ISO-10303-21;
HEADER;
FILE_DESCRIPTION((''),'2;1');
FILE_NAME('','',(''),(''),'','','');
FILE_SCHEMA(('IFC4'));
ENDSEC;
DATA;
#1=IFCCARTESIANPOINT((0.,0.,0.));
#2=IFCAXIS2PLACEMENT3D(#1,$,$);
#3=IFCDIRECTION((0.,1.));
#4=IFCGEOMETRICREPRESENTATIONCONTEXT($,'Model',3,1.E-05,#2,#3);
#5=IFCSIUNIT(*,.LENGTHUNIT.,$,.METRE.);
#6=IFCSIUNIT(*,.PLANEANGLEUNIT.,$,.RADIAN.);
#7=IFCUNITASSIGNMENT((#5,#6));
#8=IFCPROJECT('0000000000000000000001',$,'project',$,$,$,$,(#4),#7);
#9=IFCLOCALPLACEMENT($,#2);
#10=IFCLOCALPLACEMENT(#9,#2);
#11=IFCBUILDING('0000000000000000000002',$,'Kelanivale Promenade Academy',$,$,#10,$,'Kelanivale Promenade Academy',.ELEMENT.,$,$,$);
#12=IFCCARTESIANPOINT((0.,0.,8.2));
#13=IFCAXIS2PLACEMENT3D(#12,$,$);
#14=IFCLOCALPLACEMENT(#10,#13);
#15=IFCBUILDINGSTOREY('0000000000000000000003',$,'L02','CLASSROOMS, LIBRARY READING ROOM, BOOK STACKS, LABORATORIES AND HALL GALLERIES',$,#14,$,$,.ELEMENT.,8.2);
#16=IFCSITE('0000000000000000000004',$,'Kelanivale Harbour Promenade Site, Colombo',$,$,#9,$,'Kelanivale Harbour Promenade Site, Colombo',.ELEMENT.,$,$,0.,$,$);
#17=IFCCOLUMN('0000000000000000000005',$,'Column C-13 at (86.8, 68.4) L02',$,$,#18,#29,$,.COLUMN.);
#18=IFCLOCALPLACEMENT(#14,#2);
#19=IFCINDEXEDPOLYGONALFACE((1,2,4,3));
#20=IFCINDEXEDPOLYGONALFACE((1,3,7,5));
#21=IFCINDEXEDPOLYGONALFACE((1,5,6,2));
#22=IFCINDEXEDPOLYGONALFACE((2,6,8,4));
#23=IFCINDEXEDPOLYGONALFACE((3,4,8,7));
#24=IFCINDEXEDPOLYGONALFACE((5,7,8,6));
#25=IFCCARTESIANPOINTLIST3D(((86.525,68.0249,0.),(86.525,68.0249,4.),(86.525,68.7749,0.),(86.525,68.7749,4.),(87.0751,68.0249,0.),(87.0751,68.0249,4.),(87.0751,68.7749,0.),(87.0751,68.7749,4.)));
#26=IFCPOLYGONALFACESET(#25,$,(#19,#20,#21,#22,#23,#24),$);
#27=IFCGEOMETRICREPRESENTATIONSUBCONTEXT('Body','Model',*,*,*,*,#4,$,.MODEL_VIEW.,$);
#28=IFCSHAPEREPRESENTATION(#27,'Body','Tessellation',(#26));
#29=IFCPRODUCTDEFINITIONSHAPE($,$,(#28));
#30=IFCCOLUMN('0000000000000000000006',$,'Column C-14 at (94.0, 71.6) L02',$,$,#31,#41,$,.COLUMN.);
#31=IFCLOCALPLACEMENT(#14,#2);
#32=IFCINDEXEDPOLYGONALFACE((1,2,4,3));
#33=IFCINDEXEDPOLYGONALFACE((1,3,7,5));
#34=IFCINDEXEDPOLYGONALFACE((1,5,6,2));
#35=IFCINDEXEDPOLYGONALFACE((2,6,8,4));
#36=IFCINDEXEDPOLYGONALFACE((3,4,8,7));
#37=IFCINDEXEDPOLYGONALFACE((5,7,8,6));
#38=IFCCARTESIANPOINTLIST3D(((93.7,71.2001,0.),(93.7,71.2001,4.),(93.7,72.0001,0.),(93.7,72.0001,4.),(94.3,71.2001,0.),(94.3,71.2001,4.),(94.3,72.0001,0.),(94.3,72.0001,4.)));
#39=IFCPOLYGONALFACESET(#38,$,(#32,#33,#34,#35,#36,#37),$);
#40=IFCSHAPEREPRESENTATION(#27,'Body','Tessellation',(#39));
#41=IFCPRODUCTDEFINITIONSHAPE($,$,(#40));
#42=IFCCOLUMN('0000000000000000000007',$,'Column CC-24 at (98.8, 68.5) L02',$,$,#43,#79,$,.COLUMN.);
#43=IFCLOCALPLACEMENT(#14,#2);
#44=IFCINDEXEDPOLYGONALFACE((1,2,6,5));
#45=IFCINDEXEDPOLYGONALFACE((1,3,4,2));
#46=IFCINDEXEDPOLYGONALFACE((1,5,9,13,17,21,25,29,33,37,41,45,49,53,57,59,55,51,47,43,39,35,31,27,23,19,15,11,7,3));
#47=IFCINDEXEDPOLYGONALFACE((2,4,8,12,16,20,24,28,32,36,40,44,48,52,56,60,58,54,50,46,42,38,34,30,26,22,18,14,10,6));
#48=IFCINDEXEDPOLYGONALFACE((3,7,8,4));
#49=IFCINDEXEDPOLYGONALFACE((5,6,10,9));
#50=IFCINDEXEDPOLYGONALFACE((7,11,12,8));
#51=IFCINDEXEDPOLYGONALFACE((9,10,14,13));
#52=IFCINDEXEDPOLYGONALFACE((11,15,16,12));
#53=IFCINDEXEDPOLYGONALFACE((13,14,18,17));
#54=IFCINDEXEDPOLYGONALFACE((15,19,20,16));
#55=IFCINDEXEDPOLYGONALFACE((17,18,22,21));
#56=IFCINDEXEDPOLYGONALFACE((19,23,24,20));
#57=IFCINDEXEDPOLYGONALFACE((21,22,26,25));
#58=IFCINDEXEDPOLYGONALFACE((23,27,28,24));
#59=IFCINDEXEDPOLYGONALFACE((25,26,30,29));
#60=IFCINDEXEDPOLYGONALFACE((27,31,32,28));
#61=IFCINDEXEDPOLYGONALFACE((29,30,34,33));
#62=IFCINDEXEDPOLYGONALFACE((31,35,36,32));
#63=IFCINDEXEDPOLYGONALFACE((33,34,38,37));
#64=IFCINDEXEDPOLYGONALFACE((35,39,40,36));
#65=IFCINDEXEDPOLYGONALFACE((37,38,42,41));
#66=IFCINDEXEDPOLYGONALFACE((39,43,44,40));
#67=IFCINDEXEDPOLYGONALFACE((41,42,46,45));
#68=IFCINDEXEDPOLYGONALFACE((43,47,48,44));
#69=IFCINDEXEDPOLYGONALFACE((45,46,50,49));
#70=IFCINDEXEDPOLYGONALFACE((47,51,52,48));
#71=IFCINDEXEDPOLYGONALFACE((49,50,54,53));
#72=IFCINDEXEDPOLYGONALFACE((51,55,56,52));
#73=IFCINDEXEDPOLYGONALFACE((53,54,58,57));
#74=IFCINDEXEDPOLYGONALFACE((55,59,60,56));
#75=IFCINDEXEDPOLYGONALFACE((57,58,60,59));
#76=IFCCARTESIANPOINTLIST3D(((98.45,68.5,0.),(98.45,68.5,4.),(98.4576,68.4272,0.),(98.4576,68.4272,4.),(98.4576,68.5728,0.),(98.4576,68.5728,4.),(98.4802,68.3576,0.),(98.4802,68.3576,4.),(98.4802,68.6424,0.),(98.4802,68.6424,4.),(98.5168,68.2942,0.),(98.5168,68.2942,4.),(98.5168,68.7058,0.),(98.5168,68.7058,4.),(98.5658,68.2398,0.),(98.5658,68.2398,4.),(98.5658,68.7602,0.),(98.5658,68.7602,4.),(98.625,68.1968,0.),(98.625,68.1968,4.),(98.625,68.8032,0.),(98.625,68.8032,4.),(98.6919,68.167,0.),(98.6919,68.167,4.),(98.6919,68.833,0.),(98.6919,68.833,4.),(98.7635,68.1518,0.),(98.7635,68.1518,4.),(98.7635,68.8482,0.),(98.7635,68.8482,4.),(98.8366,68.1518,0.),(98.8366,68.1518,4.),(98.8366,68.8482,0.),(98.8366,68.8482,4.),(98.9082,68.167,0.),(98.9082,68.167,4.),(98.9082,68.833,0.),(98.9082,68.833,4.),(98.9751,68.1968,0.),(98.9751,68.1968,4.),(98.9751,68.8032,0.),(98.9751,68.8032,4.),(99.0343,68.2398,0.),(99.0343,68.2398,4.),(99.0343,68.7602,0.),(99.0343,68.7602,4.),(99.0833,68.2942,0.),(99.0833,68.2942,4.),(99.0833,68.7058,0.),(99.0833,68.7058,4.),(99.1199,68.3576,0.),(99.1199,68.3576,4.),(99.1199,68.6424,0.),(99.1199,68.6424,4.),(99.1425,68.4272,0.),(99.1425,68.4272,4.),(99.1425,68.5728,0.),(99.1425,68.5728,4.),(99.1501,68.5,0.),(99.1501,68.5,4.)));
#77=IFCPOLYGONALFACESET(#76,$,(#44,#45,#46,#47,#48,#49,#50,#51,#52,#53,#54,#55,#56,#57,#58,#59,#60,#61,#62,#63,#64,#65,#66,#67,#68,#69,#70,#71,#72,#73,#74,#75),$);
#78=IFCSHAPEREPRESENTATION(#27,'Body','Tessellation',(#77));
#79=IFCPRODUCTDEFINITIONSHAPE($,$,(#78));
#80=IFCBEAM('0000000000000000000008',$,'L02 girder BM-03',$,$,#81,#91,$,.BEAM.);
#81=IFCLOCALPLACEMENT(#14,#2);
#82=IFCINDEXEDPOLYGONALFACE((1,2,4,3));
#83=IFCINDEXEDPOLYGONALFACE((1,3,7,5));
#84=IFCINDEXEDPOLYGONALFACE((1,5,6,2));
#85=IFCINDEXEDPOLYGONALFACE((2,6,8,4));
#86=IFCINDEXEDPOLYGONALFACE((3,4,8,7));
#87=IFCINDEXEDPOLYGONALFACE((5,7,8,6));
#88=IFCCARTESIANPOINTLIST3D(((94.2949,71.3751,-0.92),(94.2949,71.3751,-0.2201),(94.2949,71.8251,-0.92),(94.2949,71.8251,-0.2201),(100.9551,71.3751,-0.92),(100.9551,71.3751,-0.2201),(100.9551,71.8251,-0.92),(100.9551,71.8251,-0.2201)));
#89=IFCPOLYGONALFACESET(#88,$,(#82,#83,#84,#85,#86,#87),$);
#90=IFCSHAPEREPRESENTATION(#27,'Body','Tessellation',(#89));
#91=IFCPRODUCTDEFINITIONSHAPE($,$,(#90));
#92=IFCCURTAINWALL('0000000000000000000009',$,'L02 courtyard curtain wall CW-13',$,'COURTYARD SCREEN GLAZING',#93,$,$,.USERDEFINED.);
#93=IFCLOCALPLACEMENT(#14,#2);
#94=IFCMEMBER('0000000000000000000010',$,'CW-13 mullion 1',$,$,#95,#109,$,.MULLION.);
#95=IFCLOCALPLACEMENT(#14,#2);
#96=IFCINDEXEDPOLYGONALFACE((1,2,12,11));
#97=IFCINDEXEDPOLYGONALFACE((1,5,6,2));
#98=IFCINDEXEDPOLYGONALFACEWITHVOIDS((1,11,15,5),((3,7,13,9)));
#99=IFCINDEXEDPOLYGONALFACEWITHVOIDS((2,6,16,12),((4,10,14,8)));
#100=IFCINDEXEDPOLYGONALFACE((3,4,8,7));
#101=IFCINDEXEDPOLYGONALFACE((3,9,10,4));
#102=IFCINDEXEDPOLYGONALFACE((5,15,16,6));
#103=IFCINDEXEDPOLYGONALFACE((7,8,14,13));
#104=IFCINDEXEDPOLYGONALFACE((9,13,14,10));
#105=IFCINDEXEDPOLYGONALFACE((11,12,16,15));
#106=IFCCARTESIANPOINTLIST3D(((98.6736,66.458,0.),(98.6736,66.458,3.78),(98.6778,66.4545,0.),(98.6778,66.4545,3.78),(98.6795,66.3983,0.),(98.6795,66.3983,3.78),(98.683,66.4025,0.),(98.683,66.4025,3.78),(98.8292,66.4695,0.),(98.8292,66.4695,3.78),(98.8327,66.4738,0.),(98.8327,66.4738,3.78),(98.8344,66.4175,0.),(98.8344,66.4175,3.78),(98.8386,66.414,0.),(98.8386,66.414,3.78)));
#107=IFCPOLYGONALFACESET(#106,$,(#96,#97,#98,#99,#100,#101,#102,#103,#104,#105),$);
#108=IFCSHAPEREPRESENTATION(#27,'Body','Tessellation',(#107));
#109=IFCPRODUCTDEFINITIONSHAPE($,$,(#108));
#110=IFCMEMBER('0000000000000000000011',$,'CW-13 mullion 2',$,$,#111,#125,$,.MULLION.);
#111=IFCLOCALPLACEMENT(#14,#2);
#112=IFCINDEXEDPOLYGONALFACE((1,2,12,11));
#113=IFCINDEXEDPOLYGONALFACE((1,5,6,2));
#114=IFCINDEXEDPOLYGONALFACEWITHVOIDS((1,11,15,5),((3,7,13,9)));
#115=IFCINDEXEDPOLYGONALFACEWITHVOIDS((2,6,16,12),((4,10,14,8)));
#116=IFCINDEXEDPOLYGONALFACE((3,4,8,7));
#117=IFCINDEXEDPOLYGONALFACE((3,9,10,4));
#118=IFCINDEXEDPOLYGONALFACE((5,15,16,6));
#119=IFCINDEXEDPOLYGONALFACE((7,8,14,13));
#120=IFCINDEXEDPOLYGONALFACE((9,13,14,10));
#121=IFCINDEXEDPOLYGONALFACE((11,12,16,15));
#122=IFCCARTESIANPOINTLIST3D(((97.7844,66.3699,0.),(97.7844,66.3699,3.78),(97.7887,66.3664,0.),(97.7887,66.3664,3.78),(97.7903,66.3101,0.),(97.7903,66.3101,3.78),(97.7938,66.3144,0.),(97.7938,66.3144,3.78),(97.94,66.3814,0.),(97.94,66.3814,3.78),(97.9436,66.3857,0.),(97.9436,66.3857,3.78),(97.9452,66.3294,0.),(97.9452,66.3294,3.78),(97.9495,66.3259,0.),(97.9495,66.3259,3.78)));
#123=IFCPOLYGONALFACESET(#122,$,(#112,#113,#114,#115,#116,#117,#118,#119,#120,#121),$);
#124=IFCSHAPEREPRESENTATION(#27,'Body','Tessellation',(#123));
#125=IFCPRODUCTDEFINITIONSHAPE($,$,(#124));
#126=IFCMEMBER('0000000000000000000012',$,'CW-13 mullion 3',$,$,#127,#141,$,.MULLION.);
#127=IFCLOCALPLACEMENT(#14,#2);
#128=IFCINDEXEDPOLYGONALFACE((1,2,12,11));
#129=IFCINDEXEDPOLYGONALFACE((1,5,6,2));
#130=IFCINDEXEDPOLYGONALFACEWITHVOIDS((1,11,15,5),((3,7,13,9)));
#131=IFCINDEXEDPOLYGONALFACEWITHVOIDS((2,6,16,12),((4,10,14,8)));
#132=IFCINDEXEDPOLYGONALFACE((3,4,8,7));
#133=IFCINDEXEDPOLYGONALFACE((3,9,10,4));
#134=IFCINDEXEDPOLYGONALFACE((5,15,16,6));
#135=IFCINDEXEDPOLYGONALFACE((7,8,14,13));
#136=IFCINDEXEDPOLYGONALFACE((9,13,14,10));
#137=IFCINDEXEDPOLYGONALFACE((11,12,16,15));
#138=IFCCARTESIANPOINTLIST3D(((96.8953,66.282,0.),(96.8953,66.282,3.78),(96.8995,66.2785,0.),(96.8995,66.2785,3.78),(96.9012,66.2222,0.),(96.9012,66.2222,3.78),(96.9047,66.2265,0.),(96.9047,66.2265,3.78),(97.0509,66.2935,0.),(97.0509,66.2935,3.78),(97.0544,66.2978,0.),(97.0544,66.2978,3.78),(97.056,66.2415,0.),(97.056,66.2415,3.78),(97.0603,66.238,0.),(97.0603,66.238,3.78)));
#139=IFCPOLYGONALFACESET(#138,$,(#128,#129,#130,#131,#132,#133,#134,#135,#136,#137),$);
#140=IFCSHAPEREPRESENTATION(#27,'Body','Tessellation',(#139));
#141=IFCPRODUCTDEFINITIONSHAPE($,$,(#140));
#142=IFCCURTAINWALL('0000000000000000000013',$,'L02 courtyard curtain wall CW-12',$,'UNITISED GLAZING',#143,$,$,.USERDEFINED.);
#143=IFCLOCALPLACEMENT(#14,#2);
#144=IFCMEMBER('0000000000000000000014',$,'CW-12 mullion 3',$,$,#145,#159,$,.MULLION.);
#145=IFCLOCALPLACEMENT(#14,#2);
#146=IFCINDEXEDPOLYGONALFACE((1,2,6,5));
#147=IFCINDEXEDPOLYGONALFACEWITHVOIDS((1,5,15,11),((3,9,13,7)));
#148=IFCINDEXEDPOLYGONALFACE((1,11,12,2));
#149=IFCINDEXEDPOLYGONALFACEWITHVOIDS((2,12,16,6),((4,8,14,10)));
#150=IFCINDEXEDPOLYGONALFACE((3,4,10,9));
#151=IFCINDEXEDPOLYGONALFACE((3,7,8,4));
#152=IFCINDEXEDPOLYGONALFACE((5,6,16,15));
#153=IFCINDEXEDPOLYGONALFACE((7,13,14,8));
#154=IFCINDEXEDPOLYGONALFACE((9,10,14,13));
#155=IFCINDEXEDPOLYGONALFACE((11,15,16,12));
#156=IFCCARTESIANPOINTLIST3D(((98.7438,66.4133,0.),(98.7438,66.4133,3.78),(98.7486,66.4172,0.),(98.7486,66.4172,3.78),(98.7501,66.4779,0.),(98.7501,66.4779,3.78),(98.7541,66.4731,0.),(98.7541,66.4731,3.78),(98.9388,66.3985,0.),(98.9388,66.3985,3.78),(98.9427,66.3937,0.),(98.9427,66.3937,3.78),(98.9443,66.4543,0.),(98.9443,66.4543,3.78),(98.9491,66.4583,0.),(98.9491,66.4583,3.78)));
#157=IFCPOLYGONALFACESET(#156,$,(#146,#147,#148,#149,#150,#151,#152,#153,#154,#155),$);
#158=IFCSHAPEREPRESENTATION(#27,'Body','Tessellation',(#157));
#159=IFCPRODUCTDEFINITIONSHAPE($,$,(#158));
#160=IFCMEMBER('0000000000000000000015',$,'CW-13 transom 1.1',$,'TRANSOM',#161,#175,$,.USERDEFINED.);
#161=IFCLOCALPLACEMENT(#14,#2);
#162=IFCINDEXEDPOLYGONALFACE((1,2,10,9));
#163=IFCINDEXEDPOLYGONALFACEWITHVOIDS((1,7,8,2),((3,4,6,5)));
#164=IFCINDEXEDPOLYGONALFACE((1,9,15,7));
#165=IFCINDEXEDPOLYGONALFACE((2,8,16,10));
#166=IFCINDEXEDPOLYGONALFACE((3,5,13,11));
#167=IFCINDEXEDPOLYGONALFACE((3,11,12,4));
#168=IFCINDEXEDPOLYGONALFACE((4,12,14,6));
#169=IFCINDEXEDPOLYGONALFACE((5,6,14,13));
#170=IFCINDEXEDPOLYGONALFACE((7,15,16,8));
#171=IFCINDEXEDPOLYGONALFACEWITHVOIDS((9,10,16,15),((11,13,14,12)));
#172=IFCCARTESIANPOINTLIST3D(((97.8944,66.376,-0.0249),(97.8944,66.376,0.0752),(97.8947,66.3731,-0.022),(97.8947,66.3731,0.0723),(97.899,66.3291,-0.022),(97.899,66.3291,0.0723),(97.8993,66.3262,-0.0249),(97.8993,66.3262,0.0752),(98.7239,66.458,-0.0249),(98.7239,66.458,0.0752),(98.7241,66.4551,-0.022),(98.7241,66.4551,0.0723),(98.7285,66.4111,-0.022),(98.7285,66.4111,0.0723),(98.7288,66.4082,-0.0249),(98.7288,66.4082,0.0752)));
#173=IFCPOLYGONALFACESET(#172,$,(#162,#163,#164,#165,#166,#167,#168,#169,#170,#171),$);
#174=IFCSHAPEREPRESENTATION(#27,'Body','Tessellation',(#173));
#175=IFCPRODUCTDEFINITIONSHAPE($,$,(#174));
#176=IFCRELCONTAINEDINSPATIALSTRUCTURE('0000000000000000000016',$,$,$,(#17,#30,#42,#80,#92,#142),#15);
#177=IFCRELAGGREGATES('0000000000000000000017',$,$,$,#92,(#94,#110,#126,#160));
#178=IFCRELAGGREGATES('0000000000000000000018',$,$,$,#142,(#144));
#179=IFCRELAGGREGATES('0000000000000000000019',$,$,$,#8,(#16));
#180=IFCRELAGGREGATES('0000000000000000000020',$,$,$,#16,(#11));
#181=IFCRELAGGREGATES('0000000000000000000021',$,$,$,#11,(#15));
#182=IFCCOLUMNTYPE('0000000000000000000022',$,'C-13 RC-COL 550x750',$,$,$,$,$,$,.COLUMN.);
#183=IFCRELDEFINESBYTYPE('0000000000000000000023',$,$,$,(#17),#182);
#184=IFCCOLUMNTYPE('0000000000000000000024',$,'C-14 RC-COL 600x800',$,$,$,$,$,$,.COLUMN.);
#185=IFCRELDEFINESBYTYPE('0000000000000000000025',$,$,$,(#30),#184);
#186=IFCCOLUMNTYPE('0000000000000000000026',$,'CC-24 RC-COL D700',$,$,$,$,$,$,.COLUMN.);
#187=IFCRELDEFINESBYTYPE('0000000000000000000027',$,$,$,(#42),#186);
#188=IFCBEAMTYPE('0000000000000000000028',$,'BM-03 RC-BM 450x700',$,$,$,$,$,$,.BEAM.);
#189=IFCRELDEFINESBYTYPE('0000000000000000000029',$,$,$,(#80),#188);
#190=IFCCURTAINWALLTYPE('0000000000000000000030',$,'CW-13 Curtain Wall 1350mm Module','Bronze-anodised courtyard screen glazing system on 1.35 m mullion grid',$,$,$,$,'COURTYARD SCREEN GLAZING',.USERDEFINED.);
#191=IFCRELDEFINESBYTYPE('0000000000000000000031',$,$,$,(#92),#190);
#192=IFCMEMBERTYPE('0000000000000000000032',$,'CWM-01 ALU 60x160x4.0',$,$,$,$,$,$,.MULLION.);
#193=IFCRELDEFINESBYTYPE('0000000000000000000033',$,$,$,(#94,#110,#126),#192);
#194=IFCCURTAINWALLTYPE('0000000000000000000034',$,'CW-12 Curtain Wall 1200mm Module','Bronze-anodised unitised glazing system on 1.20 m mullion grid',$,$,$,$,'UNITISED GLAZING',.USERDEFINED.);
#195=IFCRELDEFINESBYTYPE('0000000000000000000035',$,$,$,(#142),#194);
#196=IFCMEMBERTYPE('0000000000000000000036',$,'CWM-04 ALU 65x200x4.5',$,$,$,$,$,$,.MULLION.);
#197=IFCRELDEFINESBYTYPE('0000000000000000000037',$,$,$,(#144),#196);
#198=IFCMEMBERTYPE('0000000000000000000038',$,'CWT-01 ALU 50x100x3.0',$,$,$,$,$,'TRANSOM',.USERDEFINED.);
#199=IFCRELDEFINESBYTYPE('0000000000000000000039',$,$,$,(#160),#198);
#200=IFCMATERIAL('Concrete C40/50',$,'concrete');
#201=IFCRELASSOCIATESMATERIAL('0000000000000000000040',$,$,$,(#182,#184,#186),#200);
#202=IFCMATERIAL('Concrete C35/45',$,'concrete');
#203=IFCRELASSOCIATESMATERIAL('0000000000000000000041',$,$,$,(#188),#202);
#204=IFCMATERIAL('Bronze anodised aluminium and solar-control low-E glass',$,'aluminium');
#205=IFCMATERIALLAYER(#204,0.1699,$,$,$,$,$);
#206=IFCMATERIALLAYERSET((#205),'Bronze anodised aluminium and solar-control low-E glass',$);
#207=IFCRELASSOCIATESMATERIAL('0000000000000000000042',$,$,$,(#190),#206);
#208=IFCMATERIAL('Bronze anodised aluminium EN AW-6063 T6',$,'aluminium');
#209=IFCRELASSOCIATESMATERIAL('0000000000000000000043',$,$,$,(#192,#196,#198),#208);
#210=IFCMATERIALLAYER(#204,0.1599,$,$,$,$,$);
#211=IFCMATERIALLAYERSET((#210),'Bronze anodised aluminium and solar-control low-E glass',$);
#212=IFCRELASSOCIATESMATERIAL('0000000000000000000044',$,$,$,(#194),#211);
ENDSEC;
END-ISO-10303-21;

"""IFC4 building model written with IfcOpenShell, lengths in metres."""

from ifc_helpers import new_model, si_unit, direction, frame, origin, origin_2d, place, context, subcontext, project, spatial, rectangle, hollow_rectangle, circle, extrude, material, layer, layer_set, material_profile, profile_set, type_object, element, aggregate, save


model = new_model("IFC4")

# Units and contexts
model_context = context("Model", 3, precision=1e-05, world=origin(), true_north=direction((0.0, 1.0)))
body_context = subcontext(model_context, "Body", "Model", "MODEL_VIEW")
ifc_project = project(units=[si_unit("LENGTHUNIT", "METRE"), si_unit("PLANEANGLEUNIT", "RADIAN")], contexts=[model_context])

# Site, building, storey
site_placement = place(None, origin())
site = spatial("IfcSite", under=ifc_project, at=site_placement, Name="Kelanivale Harbour Promenade Site, Colombo", LongName="Kelanivale Harbour Promenade Site, Colombo", CompositionType="ELEMENT", RefElevation=0.0)
building_placement = place(site_placement, origin())
building = spatial("IfcBuilding", under=site, at=building_placement, Name="Kelanivale Promenade Academy", LongName="Kelanivale Promenade Academy", CompositionType="ELEMENT")
storey_placement = place(building_placement, frame((0.0, 0.0, 8.2)))
storey = spatial("IfcBuildingStorey", under=building, at=storey_placement, Name="L02", Description="CLASSROOMS, LIBRARY READING ROOM, BOOK STACKS, LABORATORIES AND HALL GALLERIES", CompositionType="ELEMENT", Elevation=8.2)

# Columns
ifc_material_1 = material(Name="Concrete C40/50", Category="concrete")
ifc_material_profile_1 = material_profile(ifc_material_1, rectangle(XDim=0.55, YDim=0.75, at=origin_2d()), Name="RC-COL 550x750")
ifc_profile_set_1 = profile_set([ifc_material_profile_1], Name="Concrete C40/50")
column_type_1 = type_object("IfcColumnType", Name="C-13 RC-COL 550x750", PredefinedType="COLUMN", material=ifc_profile_set_1)
column_1_placement = place(storey_placement, frame((86.8, 68.3999, 0.0), z_axis=(0.0, 0.0, 1.0), x_axis=(1.0, 0.0, 0.0)))
element("IfcColumn", 1, at=column_1_placement, inside=storey, type_object=column_type_1, Name="Column C-13 at (86.8, 68.4) L02", PredefinedType="COLUMN", context=body_context, shape_type="SweptSolid", body=[
    extrude(rectangle(XDim=0.55, YDim=0.75, at=origin_2d()), origin(), (0.0, 0.0, 1.0), 4.0),
])
ifc_material_profile_2 = material_profile(ifc_material_1, rectangle(XDim=0.6001, YDim=0.8, at=origin_2d()), Name="RC-COL 600x800")
ifc_profile_set_2 = profile_set([ifc_material_profile_2], Name="Concrete C40/50")
column_type_2 = type_object("IfcColumnType", Name="C-14 RC-COL 600x800", PredefinedType="COLUMN", material=ifc_profile_set_2)
column_2_placement = place(storey_placement, frame((94.0, 71.6001, 0.0), z_axis=(0.0, 0.0, 1.0), x_axis=(1.0, 0.0, 0.0)))
element("IfcColumn", 2, at=column_2_placement, inside=storey, type_object=column_type_2, Name="Column C-14 at (94.0, 71.6) L02", PredefinedType="COLUMN", context=body_context, shape_type="SweptSolid", body=[
    extrude(rectangle(XDim=0.6001, YDim=0.8, at=origin_2d()), origin(), (0.0, 0.0, 1.0), 4.0),
])
ifc_material_profile_3 = material_profile(ifc_material_1, circle(Radius=0.3501, at=origin_2d()), Name="RC-COL D700")
ifc_profile_set_3 = profile_set([ifc_material_profile_3], Name="Concrete C40/50")
column_type_3 = type_object("IfcColumnType", Name="CC-24 RC-COL D700", PredefinedType="COLUMN", material=ifc_profile_set_3)
column_3_placement = place(storey_placement, frame((98.8, 68.5, 0.0), z_axis=(0.0, 0.0, 1.0), x_axis=(1.0, 0.0, 0.0)))
element("IfcColumn", 3, at=column_3_placement, inside=storey, type_object=column_type_3, Name="Column CC-24 at (98.8, 68.5) L02", PredefinedType="COLUMN", context=body_context, shape_type="SweptSolid", body=[
    extrude(circle(Radius=0.3501, at=origin_2d()), origin(), (0.0, 0.0, 1.0), 4.0),
])

# Beam
ifc_material_2 = material(Name="Concrete C35/45", Category="concrete")
ifc_material_profile_4 = material_profile(ifc_material_2, rectangle(XDim=0.45, YDim=0.7, at=origin_2d()), Name="RC-BM 450x700")
ifc_profile_set_4 = profile_set([ifc_material_profile_4], Name="Concrete C35/45")
beam_type = type_object("IfcBeamType", Name="BM-03 RC-BM 450x700", PredefinedType="BEAM", material=ifc_profile_set_4)
beam_placement = place(storey_placement, frame((94.2949, 71.6001, -0.5701), z_axis=(1.0, 0.0, 0.0), x_axis=(0.0, 1.0, 0.0)))
element("IfcBeam", 4, at=beam_placement, inside=storey, type_object=beam_type, Name="L02 girder BM-03", PredefinedType="BEAM", context=body_context, shape_type="SweptSolid", body=[
    extrude(rectangle(XDim=0.45, YDim=0.7, at=origin_2d()), origin(), (0.0, 0.0, 1.0), 6.6602),
])

# Curtain wall, members
ifc_material_3 = material(Name="Bronze anodised aluminium and solar-control low-E glass", Category="aluminium")
ifc_layer_1 = layer(ifc_material_3, 0.1699)
ifc_layer_set_1 = layer_set([ifc_layer_1], Name="Bronze anodised aluminium and solar-control low-E glass")
curtain_wall_type_1 = type_object("IfcCurtainWallType", Name="CW-13 Curtain Wall 1350mm Module", Description="Bronze-anodised courtyard screen glazing system on 1.35 m mullion grid", ElementType="COURTYARD SCREEN GLAZING", PredefinedType="USERDEFINED", material=ifc_layer_set_1)
curtain_wall_1_placement = place(storey_placement, origin())
curtain_wall_1 = element("IfcCurtainWall", 5, at=curtain_wall_1_placement, inside=storey, type_object=curtain_wall_type_1, Name="L02 courtyard curtain wall CW-13", ObjectType="COURTYARD SCREEN GLAZING", PredefinedType="USERDEFINED")
ifc_material_4 = material(Name="Bronze anodised aluminium EN AW-6063 T6", Category="aluminium")
ifc_material_profile_5 = material_profile(ifc_material_4, hollow_rectangle(XDim=0.0601, YDim=0.1599, WallThickness=0.0039, at=origin_2d()), Name="ALU 60x160x4.0")
ifc_profile_set_5 = profile_set([ifc_material_profile_5], Name="Bronze anodised aluminium EN AW-6063 T6")
member_type_1 = type_object("IfcMemberType", Name="CWM-01 ALU 60x160x4.0", PredefinedType="MULLION", material=ifc_profile_set_5)
member_1_placement = place(storey_placement, frame((98.7561, 66.436, 0.0), z_axis=(0.0, 0.0, 1.0), x_axis=(0.098539, -0.995133, 0.0)))
member_1 = element("IfcMember", 6, at=member_1_placement, type_object=member_type_1, Name="CW-13 mullion 1", PredefinedType="MULLION", context=body_context, shape_type="SweptSolid", body=[
    extrude(hollow_rectangle(XDim=0.0601, YDim=0.1599, WallThickness=0.0039, at=origin_2d()), origin(), (0.0, 0.0, 1.0), 3.78),
])
member_2_placement = place(storey_placement, frame((97.8669, 66.3479, 0.0), z_axis=(0.0, 0.0, 1.0), x_axis=(0.098539, -0.995133, 0.0)))
member_2 = element("IfcMember", 7, at=member_2_placement, type_object=member_type_1, Name="CW-13 mullion 2", PredefinedType="MULLION", context=body_context, shape_type="SweptSolid", body=[
    extrude(hollow_rectangle(XDim=0.0601, YDim=0.1599, WallThickness=0.0039, at=origin_2d()), origin(), (0.0, 0.0, 1.0), 3.78),
])
member_3_placement = place(storey_placement, frame((96.9778, 66.26, 0.0), z_axis=(0.0, 0.0, 1.0), x_axis=(0.098539, -0.995133, 0.0)))
member_3 = element("IfcMember", 8, at=member_3_placement, type_object=member_type_1, Name="CW-13 mullion 3", PredefinedType="MULLION", context=body_context, shape_type="SweptSolid", body=[
    extrude(hollow_rectangle(XDim=0.0601, YDim=0.1599, WallThickness=0.0039, at=origin_2d()), origin(), (0.0, 0.0, 1.0), 3.78),
])

# Curtain wall, member
ifc_layer_2 = layer(ifc_material_3, 0.1599)
ifc_layer_set_2 = layer_set([ifc_layer_2], Name="Bronze anodised aluminium and solar-control low-E glass")
curtain_wall_type_2 = type_object("IfcCurtainWallType", Name="CW-12 Curtain Wall 1200mm Module", Description="Bronze-anodised unitised glazing system on 1.20 m mullion grid", ElementType="UNITISED GLAZING", PredefinedType="USERDEFINED", material=ifc_layer_set_2)
curtain_wall_2_placement = place(storey_placement, origin())
curtain_wall_2 = element("IfcCurtainWall", 9, at=curtain_wall_2_placement, inside=storey, type_object=curtain_wall_type_2, Name="L02 courtyard curtain wall CW-12", ObjectType="UNITISED GLAZING", PredefinedType="USERDEFINED")
ifc_material_profile_6 = material_profile(ifc_material_4, hollow_rectangle(XDim=0.0649, YDim=0.2, WallThickness=0.0044, at=origin_2d()), Name="ALU 65x200x4.5")
ifc_profile_set_6 = profile_set([ifc_material_profile_6], Name="Bronze anodised aluminium EN AW-6063 T6")
member_type_2 = type_object("IfcMemberType", Name="CWM-04 ALU 65x200x4.5", PredefinedType="MULLION", material=ifc_profile_set_6)
member_4_placement = place(storey_placement, frame((98.8464, 66.4358, 0.0), z_axis=(0.0, 0.0, 1.0), x_axis=(-0.098281, -0.995159, 0.0)))
member_4 = element("IfcMember", 10, at=member_4_placement, type_object=member_type_2, Name="CW-12 mullion 3", PredefinedType="MULLION", context=body_context, shape_type="SweptSolid", body=[
    extrude(hollow_rectangle(XDim=0.0649, YDim=0.2, WallThickness=0.0044, at=origin_2d()), origin(), (0.0, 0.0, 1.0), 3.78),
])

# Member
ifc_material_profile_7 = material_profile(ifc_material_4, hollow_rectangle(XDim=0.05, YDim=0.1001, WallThickness=0.0029, at=origin_2d()), Name="ALU 50x100x3.0")
ifc_profile_set_7 = profile_set([ifc_material_profile_7], Name="Bronze anodised aluminium EN AW-6063 T6")
member_type_3 = type_object("IfcMemberType", Name="CWT-01 ALU 50x100x3.0", ElementType="TRANSOM", PredefinedType="USERDEFINED", material=ifc_profile_set_7)
member_5_placement = place(storey_placement, frame((98.7263, 66.4331, 0.0251), z_axis=(-0.995144, -0.09843, 0.0), x_axis=(0.09843, -0.995144, 0.0)))
member_5 = element("IfcMember", 11, at=member_5_placement, type_object=member_type_3, Name="CW-13 transom 1.1", ObjectType="TRANSOM", PredefinedType="USERDEFINED", context=body_context, shape_type="SweptSolid", body=[
    extrude(hollow_rectangle(XDim=0.05, YDim=0.1001, WallThickness=0.0029, at=origin_2d()), origin(), (0.0, 0.0, 1.0), 0.8335),
])

aggregate(curtain_wall_1, [member_1, member_2, member_3, member_5])
aggregate(curtain_wall_2, [member_4])

save(model, "model.ifc")
